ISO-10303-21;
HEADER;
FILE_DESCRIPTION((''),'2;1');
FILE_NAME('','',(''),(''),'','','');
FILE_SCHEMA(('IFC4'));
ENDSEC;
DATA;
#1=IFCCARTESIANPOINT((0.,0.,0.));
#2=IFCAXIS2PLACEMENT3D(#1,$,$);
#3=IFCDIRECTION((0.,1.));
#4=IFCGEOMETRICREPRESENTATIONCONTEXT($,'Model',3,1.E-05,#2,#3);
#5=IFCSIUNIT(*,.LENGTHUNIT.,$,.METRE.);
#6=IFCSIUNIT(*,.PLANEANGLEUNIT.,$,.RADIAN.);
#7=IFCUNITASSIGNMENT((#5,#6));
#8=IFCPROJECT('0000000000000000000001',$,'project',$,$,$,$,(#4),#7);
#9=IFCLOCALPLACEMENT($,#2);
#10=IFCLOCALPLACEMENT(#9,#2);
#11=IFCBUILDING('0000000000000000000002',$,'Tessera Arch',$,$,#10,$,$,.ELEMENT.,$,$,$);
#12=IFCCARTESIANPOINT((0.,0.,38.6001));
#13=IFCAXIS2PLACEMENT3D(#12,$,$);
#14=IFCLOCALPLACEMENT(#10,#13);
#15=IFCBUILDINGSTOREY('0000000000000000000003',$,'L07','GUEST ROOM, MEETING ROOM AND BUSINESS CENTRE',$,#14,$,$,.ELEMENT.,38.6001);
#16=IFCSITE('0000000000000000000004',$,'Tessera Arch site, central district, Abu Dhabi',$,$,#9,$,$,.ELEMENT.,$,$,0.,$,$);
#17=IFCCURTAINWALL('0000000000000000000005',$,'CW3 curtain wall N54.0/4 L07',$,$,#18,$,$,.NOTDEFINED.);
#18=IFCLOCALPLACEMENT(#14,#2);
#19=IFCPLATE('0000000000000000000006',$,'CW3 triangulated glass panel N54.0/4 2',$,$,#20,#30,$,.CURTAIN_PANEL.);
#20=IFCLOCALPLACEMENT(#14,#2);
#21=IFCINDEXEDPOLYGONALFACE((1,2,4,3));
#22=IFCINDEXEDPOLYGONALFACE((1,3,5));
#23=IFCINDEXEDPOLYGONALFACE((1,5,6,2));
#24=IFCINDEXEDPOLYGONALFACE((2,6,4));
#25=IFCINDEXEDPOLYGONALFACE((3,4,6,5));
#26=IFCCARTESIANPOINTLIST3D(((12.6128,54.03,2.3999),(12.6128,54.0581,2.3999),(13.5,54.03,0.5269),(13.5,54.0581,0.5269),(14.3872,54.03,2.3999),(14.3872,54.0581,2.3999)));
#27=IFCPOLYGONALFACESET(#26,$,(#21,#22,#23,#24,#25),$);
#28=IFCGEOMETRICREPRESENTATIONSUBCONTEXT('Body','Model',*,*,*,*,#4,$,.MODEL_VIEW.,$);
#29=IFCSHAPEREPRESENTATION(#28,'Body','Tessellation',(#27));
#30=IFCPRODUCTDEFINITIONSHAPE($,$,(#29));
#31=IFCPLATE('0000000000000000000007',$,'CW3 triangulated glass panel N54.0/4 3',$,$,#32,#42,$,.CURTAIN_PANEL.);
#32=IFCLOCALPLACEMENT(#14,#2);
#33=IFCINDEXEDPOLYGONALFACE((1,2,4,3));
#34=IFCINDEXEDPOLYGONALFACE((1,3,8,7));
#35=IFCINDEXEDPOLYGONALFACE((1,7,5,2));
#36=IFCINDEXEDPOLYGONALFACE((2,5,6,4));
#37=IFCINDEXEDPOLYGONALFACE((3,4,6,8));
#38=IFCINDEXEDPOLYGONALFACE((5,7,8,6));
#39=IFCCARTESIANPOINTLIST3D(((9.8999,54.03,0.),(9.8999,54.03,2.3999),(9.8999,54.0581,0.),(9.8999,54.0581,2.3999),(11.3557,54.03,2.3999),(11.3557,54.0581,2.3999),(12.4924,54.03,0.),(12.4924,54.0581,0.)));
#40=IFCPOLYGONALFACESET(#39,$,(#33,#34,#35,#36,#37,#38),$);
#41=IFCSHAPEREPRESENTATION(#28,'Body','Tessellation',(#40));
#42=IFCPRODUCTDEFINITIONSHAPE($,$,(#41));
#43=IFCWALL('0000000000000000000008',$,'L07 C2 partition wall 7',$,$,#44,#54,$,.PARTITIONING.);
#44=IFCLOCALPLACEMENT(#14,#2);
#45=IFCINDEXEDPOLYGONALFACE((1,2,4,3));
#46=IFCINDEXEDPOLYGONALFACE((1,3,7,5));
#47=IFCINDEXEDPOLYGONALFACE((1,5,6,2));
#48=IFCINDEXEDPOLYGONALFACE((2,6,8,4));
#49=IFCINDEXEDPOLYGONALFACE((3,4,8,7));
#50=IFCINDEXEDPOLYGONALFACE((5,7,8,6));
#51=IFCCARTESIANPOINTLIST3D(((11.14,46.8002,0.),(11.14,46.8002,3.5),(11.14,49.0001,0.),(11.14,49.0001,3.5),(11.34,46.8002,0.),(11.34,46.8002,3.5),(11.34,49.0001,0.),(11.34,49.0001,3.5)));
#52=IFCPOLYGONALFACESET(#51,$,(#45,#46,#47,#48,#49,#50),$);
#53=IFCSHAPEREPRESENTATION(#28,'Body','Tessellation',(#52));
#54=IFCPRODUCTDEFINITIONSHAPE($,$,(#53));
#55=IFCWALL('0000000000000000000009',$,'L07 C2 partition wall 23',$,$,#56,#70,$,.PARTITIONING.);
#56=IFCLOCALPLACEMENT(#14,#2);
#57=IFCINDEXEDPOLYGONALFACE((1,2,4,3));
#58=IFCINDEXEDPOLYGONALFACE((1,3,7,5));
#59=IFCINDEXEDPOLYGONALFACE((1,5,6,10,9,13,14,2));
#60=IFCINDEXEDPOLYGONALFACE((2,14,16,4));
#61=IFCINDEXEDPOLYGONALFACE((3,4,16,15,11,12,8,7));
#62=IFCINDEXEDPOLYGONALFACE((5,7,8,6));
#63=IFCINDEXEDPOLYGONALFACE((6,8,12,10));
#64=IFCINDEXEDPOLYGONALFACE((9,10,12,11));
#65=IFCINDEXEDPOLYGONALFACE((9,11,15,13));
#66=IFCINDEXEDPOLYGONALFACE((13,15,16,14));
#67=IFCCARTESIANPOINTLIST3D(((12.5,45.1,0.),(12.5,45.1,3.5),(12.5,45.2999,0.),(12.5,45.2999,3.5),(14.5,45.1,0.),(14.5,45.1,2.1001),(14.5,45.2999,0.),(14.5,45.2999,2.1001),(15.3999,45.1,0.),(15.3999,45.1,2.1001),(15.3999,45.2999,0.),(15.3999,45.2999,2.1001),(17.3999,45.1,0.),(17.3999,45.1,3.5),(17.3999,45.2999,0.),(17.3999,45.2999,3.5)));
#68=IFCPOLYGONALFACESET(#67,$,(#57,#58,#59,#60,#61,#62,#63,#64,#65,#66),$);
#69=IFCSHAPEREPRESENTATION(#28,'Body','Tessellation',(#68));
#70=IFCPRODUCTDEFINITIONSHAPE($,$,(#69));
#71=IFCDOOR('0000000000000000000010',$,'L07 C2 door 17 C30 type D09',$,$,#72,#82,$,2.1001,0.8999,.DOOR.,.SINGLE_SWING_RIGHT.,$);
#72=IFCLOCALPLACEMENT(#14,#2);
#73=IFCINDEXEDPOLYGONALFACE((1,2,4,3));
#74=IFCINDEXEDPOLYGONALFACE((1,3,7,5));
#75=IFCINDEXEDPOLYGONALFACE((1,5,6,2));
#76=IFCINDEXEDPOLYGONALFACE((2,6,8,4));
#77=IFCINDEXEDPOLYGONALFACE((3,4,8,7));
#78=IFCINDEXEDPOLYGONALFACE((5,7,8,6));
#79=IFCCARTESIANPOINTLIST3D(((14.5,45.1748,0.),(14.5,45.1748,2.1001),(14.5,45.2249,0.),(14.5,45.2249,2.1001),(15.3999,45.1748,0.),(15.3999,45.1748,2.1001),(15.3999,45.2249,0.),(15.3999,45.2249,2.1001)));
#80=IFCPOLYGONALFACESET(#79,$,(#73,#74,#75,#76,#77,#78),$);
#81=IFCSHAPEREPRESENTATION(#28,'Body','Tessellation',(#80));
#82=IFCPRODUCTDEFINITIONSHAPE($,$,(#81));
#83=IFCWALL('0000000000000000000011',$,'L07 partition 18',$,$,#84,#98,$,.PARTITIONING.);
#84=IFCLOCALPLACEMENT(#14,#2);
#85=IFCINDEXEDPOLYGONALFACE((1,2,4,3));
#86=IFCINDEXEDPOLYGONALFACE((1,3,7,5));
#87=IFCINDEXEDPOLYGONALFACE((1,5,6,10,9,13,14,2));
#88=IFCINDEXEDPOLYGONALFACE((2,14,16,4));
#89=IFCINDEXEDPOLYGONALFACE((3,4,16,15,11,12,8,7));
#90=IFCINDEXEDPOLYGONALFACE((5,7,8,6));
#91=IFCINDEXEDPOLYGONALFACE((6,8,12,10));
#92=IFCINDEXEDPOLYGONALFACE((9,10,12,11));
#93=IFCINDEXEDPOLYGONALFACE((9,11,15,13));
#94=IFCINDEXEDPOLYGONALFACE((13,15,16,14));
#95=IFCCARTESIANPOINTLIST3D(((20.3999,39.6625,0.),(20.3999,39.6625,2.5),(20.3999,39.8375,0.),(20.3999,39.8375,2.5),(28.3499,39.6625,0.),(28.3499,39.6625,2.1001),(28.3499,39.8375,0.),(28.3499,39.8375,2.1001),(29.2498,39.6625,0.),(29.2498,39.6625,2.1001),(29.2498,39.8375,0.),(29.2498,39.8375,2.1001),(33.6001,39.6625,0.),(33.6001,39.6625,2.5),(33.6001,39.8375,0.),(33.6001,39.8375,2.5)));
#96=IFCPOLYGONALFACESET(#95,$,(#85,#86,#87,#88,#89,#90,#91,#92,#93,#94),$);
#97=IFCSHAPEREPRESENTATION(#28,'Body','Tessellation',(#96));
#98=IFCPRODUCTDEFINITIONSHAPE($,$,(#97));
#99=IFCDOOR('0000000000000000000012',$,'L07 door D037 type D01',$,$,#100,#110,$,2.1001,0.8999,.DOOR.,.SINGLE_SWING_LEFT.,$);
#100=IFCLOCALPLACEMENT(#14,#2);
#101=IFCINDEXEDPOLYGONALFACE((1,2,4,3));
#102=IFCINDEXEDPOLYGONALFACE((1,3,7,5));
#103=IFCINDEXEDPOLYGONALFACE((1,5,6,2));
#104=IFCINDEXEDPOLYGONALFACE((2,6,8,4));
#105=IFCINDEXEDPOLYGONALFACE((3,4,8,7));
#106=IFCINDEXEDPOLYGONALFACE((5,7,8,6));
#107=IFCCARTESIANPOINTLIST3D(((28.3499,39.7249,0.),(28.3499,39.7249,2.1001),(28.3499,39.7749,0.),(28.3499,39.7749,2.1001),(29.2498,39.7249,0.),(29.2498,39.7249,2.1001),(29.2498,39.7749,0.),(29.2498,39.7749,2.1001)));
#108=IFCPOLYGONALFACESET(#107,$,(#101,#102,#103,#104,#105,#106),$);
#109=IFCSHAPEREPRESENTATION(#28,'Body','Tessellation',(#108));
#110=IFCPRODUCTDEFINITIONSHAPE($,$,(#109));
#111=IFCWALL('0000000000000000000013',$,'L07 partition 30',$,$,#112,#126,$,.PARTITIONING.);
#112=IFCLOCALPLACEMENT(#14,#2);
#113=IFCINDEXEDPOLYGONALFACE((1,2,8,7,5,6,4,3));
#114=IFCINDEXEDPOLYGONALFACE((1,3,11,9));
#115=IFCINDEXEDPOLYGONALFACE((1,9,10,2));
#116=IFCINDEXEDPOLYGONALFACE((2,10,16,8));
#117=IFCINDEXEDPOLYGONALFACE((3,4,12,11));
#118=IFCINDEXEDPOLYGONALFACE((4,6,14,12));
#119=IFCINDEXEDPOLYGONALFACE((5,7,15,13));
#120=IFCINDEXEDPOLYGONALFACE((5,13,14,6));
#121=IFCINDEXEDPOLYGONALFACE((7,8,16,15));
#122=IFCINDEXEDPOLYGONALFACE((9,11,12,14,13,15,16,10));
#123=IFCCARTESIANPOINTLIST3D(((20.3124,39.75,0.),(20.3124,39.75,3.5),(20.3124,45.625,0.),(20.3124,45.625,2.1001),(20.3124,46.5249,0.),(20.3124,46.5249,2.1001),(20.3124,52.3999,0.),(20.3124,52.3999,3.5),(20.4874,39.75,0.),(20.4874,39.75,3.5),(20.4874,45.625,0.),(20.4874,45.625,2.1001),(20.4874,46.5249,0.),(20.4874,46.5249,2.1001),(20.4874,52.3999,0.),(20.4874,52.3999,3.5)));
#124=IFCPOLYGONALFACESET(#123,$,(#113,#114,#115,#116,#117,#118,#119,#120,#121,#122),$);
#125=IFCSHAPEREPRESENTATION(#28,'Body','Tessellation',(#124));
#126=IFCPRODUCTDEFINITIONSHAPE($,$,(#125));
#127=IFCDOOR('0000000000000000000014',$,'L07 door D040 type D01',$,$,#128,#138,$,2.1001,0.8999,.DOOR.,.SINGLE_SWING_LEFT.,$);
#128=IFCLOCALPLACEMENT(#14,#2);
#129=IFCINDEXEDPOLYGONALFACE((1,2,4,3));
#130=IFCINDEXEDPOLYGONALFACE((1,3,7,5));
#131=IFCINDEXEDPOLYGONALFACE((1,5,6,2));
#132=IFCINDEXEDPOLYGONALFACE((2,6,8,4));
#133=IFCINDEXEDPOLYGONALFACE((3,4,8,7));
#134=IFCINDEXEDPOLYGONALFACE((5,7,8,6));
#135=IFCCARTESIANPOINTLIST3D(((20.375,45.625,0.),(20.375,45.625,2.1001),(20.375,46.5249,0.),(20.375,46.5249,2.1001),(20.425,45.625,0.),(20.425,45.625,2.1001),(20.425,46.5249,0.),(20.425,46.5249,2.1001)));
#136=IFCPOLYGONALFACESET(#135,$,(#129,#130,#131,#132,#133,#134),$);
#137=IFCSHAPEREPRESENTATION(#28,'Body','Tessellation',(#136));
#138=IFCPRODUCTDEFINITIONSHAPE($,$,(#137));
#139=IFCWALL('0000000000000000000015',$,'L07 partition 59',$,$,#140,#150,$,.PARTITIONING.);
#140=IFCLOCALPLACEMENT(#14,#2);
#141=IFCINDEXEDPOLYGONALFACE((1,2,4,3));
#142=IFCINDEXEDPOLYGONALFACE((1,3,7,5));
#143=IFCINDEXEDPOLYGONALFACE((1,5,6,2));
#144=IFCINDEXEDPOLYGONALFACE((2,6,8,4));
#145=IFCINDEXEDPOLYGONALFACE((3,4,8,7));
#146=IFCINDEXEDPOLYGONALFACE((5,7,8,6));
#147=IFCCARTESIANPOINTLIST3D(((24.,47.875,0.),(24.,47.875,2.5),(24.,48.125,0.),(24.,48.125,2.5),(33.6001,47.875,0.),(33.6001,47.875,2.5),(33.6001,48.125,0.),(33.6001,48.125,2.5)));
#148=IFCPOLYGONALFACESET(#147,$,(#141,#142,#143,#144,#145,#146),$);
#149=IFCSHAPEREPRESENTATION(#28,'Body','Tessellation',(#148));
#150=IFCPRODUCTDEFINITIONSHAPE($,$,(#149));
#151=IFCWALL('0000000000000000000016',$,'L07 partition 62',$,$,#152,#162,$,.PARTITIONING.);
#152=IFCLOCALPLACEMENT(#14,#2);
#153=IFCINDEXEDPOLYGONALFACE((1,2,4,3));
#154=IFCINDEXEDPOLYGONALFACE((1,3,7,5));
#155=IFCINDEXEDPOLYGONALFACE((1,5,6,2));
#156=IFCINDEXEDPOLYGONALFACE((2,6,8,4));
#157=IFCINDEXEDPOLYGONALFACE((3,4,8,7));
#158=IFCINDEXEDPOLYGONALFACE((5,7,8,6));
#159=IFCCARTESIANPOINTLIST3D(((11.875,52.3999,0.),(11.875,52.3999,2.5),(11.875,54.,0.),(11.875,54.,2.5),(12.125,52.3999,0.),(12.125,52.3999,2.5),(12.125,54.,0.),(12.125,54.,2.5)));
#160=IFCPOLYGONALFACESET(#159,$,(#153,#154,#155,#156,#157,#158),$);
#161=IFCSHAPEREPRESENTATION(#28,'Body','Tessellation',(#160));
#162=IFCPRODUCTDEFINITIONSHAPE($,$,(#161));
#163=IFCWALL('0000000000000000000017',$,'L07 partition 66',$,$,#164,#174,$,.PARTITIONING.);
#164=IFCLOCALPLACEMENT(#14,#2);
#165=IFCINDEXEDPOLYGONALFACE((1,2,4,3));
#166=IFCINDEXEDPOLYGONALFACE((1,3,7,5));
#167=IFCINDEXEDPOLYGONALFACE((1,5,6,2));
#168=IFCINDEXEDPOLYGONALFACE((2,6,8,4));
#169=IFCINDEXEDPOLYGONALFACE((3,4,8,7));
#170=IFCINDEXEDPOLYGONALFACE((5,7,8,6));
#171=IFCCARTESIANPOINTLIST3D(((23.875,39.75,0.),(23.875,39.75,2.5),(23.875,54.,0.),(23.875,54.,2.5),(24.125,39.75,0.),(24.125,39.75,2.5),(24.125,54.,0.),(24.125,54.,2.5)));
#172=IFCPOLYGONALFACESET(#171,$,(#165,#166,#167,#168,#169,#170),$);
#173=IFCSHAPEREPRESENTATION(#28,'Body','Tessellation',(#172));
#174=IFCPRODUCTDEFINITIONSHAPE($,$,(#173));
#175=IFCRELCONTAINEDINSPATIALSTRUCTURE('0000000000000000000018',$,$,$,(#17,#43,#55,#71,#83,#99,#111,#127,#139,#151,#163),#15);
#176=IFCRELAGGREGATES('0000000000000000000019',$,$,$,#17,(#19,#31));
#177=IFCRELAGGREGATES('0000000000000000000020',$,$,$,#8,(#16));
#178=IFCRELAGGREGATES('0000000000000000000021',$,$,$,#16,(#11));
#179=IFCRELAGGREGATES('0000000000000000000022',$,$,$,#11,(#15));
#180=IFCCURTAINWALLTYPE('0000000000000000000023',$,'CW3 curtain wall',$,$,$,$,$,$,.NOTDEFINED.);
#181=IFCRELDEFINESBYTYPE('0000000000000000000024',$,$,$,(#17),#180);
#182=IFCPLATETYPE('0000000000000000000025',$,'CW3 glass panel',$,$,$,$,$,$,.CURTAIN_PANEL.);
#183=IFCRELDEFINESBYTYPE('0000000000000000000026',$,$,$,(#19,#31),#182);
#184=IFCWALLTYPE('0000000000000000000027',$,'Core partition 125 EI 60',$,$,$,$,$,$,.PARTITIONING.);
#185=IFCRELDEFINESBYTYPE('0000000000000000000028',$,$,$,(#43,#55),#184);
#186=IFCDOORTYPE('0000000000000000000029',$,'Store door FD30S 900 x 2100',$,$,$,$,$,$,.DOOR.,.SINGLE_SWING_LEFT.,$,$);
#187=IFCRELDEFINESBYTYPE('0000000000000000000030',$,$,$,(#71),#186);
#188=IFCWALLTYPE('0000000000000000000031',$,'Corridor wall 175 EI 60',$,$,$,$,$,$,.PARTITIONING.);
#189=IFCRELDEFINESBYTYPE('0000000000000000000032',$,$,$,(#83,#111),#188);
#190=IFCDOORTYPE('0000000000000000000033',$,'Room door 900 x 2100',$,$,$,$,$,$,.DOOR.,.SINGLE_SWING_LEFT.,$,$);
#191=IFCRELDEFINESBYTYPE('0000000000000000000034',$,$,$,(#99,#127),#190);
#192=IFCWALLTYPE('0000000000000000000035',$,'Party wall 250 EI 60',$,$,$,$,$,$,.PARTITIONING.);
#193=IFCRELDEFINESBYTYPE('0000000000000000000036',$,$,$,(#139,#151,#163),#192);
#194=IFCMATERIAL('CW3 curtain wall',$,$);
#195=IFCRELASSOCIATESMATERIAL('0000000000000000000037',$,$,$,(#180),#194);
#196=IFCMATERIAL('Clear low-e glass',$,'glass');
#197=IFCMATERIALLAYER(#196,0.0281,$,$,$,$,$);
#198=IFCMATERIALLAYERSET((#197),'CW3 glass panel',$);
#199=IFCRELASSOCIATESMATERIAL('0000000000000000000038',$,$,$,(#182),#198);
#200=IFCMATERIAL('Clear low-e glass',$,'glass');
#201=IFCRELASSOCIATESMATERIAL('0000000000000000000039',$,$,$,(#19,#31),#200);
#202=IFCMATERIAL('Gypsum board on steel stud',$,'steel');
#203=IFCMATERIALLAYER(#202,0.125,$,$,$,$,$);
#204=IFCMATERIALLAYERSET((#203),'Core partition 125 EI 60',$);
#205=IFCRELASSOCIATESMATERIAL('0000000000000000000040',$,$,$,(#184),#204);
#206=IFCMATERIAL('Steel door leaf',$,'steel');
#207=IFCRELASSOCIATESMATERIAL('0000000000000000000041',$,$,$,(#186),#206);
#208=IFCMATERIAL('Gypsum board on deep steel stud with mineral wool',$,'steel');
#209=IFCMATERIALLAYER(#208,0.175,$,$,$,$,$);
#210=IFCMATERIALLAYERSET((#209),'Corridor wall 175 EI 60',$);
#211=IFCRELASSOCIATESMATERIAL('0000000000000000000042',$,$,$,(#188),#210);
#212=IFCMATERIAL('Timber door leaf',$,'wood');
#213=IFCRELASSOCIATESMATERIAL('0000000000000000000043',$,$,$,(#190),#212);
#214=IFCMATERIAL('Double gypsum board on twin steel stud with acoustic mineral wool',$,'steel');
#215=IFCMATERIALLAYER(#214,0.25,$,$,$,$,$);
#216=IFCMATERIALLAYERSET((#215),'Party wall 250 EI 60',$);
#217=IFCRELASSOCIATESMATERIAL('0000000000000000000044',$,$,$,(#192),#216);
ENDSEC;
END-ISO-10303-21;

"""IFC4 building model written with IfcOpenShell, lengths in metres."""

from ifc_helpers import new_model, si_unit, direction, frame, frame_2d, origin, place, context, subcontext, project, spatial, polyline, rectangle, outline, extrude, material, layer, layer_set, type_object, element, fill, aggregate, save


model = new_model("IFC4")

# Units and contexts
model_context = context("Model", 3, precision=1e-05, world=origin(), true_north=direction((0.0, 1.0)))
body_context = subcontext(model_context, "Body", "Model", "MODEL_VIEW")
ifc_project = project(units=[si_unit("LENGTHUNIT", "METRE"), si_unit("PLANEANGLEUNIT", "RADIAN")], contexts=[model_context])

# Site, building, storey
site_placement = place(None, origin())
site = spatial("IfcSite", under=ifc_project, at=site_placement, Name="Tessera Arch site, central district, Abu Dhabi", CompositionType="ELEMENT", RefElevation=0.0)
building_placement = place(site_placement, origin())
building = spatial("IfcBuilding", under=site, at=building_placement, Name="Tessera Arch", CompositionType="ELEMENT")
storey_placement = place(building_placement, frame((0.0, 0.0, 38.6001)))
storey = spatial("IfcBuildingStorey", under=building, at=storey_placement, Name="L07", Description="GUEST ROOM, MEETING ROOM AND BUSINESS CENTRE", CompositionType="ELEMENT", Elevation=38.6001)

# Curtain wall
ifc_material_1 = material(Name="CW3 curtain wall")
curtain_wall_type_1 = type_object("IfcCurtainWallType", Name="CW3 curtain wall", PredefinedType="NOTDEFINED", material=ifc_material_1)
curtain_wall_1_placement = place(storey_placement, origin())
curtain_wall_1 = element("IfcCurtainWall", 1, at=curtain_wall_1_placement, inside=storey, type_object=curtain_wall_type_1, Name="CW3 curtain wall N54.0/4 L07", PredefinedType="NOTDEFINED")

# Plates
ifc_material_2 = material(Name="Clear low-e glass", Category="glass")
ifc_material_3 = material(Name="Clear low-e glass", Category="glass")
ifc_layer_1 = layer(ifc_material_3, 0.0281)
ifc_layer_set_1 = layer_set([ifc_layer_1], Name="CW3 glass panel")
plate_type_1 = type_object("IfcPlateType", Name="CW3 glass panel", PredefinedType="CURTAIN_PANEL", material=ifc_layer_set_1)
plate_1_placement = place(storey_placement, frame((12.6128, 54.0581, 2.3999), z_axis=(0.0, 1.0, 0.0), x_axis=(1.0, 0.0, 0.0)))
plate_1 = element("IfcPlate", 2, at=plate_1_placement, type_object=plate_type_1, material=ifc_material_2, Name="CW3 triangulated glass panel N54.0/4 2", PredefinedType="CURTAIN_PANEL", context=body_context, shape_type="SweptSolid", body=[
    extrude(outline(polyline([(0.0, 0.0), (1.7744, 0.0), (0.8872, 1.873), (0.0, 0.0)])), origin(), (0.0, 0.0, -1.0), 0.0281),
])
plate_2_placement = place(storey_placement, frame((9.8999, 54.0581, 2.3999), z_axis=(0.0, 1.0, 0.0), x_axis=(1.0, 0.0, 0.0)))
plate_2 = element("IfcPlate", 3, at=plate_2_placement, type_object=plate_type_1, material=ifc_material_2, Name="CW3 triangulated glass panel N54.0/4 3", PredefinedType="CURTAIN_PANEL", context=body_context, shape_type="SweptSolid", body=[
    extrude(outline(polyline([(0.0, 0.0), (1.4558, 0.0), (2.5925, 2.3999), (0.0, 2.3999), (0.0, 0.0)])), origin(), (0.0, 0.0, -1.0), 0.0281),
])
aggregate(curtain_wall_1, [plate_1, plate_2])

# Wall
ifc_material_4 = material(Name="Gypsum board on steel stud", Category="steel")
ifc_layer_2 = layer(ifc_material_4, 0.125)
ifc_layer_set_2 = layer_set([ifc_layer_2], Name="Core partition 125 EI 60")
wall_type_1 = type_object("IfcWallType", Name="Core partition 125 EI 60", PredefinedType="PARTITIONING", material=ifc_layer_set_2)
wall_1_placement = place(storey_placement, frame((11.24, 46.8, 0.0), z_axis=(0.0, 0.0, 1.0), x_axis=(0.0, 1.0, 0.0)))
element("IfcWall", 4, at=wall_1_placement, inside=storey, type_object=wall_type_1, Name="L07 C2 partition wall 7", PredefinedType="PARTITIONING", context=body_context, shape_type="SweptSolid", body=[
    extrude(rectangle(XDim=2.2, YDim=0.2, at=frame_2d((1.1001, 0.0))), origin(), (0.0, 0.0, 1.0), 3.5),
])

# Walls, openings, doors
wall_2_placement = place(storey_placement, frame((12.5, 45.2, 0.0), z_axis=(0.0, 0.0, 1.0), x_axis=(1.0, 0.0, 0.0)))
wall_2 = element("IfcWall", 5, at=wall_2_placement, inside=storey, type_object=wall_type_1, Name="L07 C2 partition wall 23", PredefinedType="PARTITIONING", context=body_context, shape_type="SweptSolid", body=[
    extrude(rectangle(XDim=4.8999, YDim=0.2, at=frame_2d((2.45, 0.0))), origin(), (0.0, 0.0, 1.0), 3.5),
])
opening_1_placement = place(wall_2_placement, frame((2.0, 0.0, 0.0)))
opening_1 = element("IfcOpeningElement", 6, at=opening_1_placement, cuts=wall_2, PredefinedType="OPENING", context=body_context, shape_type="SweptSolid", body=[
    extrude(rectangle(XDim=0.8999, YDim=2.1001, at=frame_2d((0.45, 1.05))), frame((0.0, 0.1099, 0.0), z_axis=(0.0, -1.0, 0.0), x_axis=(1.0, 0.0, 0.0)), (0.0, 0.0, 1.0), 0.22),
])
ifc_material_5 = material(Name="Steel door leaf", Category="steel")
door_type_1 = type_object("IfcDoorType", Name="Store door FD30S 900 x 2100", OperationType="SINGLE_SWING_LEFT", PredefinedType="DOOR", material=ifc_material_5)
door_1_placement = place(opening_1_placement, origin())
door_1 = element("IfcDoor", 7, at=door_1_placement, inside=storey, type_object=door_type_1, Name="L07 C2 door 17 C30 type D09", OperationType="SINGLE_SWING_RIGHT", OverallHeight=2.1001, OverallWidth=0.8999, PredefinedType="DOOR", context=body_context, shape_type="SweptSolid", body=[
    extrude(rectangle(XDim=0.8999, YDim=2.1001, at=frame_2d((0.45, 1.05))), frame((0.0, 0.0249, 0.0), z_axis=(0.0, -1.0, 0.0), x_axis=(1.0, 0.0, 0.0)), (0.0, 0.0, 1.0), 0.05),
])
fill(opening_1, door_1)
ifc_material_6 = material(Name="Gypsum board on deep steel stud with mineral wool", Category="steel")
ifc_layer_3 = layer(ifc_material_6, 0.175)
ifc_layer_set_3 = layer_set([ifc_layer_3], Name="Corridor wall 175 EI 60")
wall_type_2 = type_object("IfcWallType", Name="Corridor wall 175 EI 60", PredefinedType="PARTITIONING", material=ifc_layer_set_3)
wall_3_placement = place(storey_placement, frame((20.3999, 39.75, 0.0), z_axis=(0.0, 0.0, 1.0), x_axis=(1.0, 0.0, 0.0)))
wall_3 = element("IfcWall", 8, at=wall_3_placement, inside=storey, type_object=wall_type_2, Name="L07 partition 18", PredefinedType="PARTITIONING", context=body_context, shape_type="SweptSolid", body=[
    extrude(rectangle(XDim=13.2002, YDim=0.175, at=frame_2d((6.6001, 0.0))), origin(), (0.0, 0.0, 1.0), 2.5),
])
opening_2_placement = place(wall_3_placement, frame((7.95, 0.0, 0.0)))
opening_2 = element("IfcOpeningElement", 9, at=opening_2_placement, cuts=wall_3, PredefinedType="OPENING", context=body_context, shape_type="SweptSolid", body=[
    extrude(rectangle(XDim=0.8999, YDim=2.1001, at=frame_2d((0.45, 1.05))), frame((0.0, 0.0974, 0.0), z_axis=(0.0, -1.0, 0.0), x_axis=(1.0, 0.0, 0.0)), (0.0, 0.0, 1.0), 0.1951),
])
ifc_material_7 = material(Name="Timber door leaf", Category="wood")
door_type_2 = type_object("IfcDoorType", Name="Room door 900 x 2100", OperationType="SINGLE_SWING_LEFT", PredefinedType="DOOR", material=ifc_material_7)
door_2_placement = place(opening_2_placement, origin())
door_2 = element("IfcDoor", 10, at=door_2_placement, inside=storey, type_object=door_type_2, Name="L07 door D037 type D01", OperationType="SINGLE_SWING_LEFT", OverallHeight=2.1001, OverallWidth=0.8999, PredefinedType="DOOR", context=body_context, shape_type="SweptSolid", body=[
    extrude(rectangle(XDim=0.8999, YDim=2.1001, at=frame_2d((0.45, 1.05))), frame((0.0, 0.0249, 0.0), z_axis=(0.0, -1.0, 0.0), x_axis=(1.0, 0.0, 0.0)), (0.0, 0.0, 1.0), 0.05),
])
fill(opening_2, door_2)
wall_4_placement = place(storey_placement, frame((20.3999, 39.75, 0.0), z_axis=(0.0, 0.0, 1.0), x_axis=(0.0, 1.0, 0.0)))
wall_4 = element("IfcWall", 11, at=wall_4_placement, inside=storey, type_object=wall_type_2, Name="L07 partition 30", PredefinedType="PARTITIONING", context=body_context, shape_type="SweptSolid", body=[
    extrude(rectangle(XDim=12.6499, YDim=0.175, at=frame_2d((6.325, 0.0))), origin(), (0.0, 0.0, 1.0), 3.5),
])
opening_3_placement = place(wall_4_placement, frame((5.875, 0.0, 0.0)))
opening_3 = element("IfcOpeningElement", 12, at=opening_3_placement, cuts=wall_4, PredefinedType="OPENING", context=body_context, shape_type="SweptSolid", body=[
    extrude(rectangle(XDim=0.8999, YDim=2.1001, at=frame_2d((0.45, 1.05))), frame((0.0, 0.0974, 0.0), z_axis=(0.0, -1.0, 0.0), x_axis=(1.0, 0.0, 0.0)), (0.0, 0.0, 1.0), 0.1951),
])
door_3_placement = place(opening_3_placement, origin())
door_3 = element("IfcDoor", 13, at=door_3_placement, inside=storey, type_object=door_type_2, Name="L07 door D040 type D01", OperationType="SINGLE_SWING_LEFT", OverallHeight=2.1001, OverallWidth=0.8999, PredefinedType="DOOR", context=body_context, shape_type="SweptSolid", body=[
    extrude(rectangle(XDim=0.8999, YDim=2.1001, at=frame_2d((0.45, 1.05))), frame((0.0, 0.0249, 0.0), z_axis=(0.0, -1.0, 0.0), x_axis=(1.0, 0.0, 0.0)), (0.0, 0.0, 1.0), 0.05),
])
fill(opening_3, door_3)

# Walls
ifc_material_8 = material(Name="Double gypsum board on twin steel stud with acoustic mineral wool", Category="steel")
ifc_layer_4 = layer(ifc_material_8, 0.25)
ifc_layer_set_4 = layer_set([ifc_layer_4], Name="Party wall 250 EI 60")
wall_type_3 = type_object("IfcWallType", Name="Party wall 250 EI 60", PredefinedType="PARTITIONING", material=ifc_layer_set_4)
wall_5_placement = place(storey_placement, frame((24.0, 48.0, 0.0), z_axis=(0.0, 0.0, 1.0), x_axis=(1.0, 0.0, 0.0)))
element("IfcWall", 14, at=wall_5_placement, inside=storey, type_object=wall_type_3, Name="L07 partition 59", PredefinedType="PARTITIONING", context=body_context, shape_type="SweptSolid", body=[
    extrude(rectangle(XDim=9.6001, YDim=0.25, at=frame_2d((4.8, 0.0))), origin(), (0.0, 0.0, 1.0), 2.5),
])
wall_6_placement = place(storey_placement, frame((12.0, 52.3999, 0.0), z_axis=(0.0, 0.0, 1.0), x_axis=(0.0, 1.0, 0.0)))
element("IfcWall", 15, at=wall_6_placement, inside=storey, type_object=wall_type_3, Name="L07 partition 62", PredefinedType="PARTITIONING", context=body_context, shape_type="SweptSolid", body=[
    extrude(rectangle(XDim=1.6001, YDim=0.25, at=frame_2d((0.8, 0.0))), origin(), (0.0, 0.0, 1.0), 2.5),
])
wall_7_placement = place(storey_placement, frame((24.0, 39.75, 0.0), z_axis=(0.0, 0.0, 1.0), x_axis=(0.0, 1.0, 0.0)))
element("IfcWall", 16, at=wall_7_placement, inside=storey, type_object=wall_type_3, Name="L07 partition 66", PredefinedType="PARTITIONING", context=body_context, shape_type="SweptSolid", body=[
    extrude(rectangle(XDim=14.25, YDim=0.25, at=frame_2d((7.125, 0.0))), origin(), (0.0, 0.0, 1.0), 2.5),
])

save(model, "model.ifc")
